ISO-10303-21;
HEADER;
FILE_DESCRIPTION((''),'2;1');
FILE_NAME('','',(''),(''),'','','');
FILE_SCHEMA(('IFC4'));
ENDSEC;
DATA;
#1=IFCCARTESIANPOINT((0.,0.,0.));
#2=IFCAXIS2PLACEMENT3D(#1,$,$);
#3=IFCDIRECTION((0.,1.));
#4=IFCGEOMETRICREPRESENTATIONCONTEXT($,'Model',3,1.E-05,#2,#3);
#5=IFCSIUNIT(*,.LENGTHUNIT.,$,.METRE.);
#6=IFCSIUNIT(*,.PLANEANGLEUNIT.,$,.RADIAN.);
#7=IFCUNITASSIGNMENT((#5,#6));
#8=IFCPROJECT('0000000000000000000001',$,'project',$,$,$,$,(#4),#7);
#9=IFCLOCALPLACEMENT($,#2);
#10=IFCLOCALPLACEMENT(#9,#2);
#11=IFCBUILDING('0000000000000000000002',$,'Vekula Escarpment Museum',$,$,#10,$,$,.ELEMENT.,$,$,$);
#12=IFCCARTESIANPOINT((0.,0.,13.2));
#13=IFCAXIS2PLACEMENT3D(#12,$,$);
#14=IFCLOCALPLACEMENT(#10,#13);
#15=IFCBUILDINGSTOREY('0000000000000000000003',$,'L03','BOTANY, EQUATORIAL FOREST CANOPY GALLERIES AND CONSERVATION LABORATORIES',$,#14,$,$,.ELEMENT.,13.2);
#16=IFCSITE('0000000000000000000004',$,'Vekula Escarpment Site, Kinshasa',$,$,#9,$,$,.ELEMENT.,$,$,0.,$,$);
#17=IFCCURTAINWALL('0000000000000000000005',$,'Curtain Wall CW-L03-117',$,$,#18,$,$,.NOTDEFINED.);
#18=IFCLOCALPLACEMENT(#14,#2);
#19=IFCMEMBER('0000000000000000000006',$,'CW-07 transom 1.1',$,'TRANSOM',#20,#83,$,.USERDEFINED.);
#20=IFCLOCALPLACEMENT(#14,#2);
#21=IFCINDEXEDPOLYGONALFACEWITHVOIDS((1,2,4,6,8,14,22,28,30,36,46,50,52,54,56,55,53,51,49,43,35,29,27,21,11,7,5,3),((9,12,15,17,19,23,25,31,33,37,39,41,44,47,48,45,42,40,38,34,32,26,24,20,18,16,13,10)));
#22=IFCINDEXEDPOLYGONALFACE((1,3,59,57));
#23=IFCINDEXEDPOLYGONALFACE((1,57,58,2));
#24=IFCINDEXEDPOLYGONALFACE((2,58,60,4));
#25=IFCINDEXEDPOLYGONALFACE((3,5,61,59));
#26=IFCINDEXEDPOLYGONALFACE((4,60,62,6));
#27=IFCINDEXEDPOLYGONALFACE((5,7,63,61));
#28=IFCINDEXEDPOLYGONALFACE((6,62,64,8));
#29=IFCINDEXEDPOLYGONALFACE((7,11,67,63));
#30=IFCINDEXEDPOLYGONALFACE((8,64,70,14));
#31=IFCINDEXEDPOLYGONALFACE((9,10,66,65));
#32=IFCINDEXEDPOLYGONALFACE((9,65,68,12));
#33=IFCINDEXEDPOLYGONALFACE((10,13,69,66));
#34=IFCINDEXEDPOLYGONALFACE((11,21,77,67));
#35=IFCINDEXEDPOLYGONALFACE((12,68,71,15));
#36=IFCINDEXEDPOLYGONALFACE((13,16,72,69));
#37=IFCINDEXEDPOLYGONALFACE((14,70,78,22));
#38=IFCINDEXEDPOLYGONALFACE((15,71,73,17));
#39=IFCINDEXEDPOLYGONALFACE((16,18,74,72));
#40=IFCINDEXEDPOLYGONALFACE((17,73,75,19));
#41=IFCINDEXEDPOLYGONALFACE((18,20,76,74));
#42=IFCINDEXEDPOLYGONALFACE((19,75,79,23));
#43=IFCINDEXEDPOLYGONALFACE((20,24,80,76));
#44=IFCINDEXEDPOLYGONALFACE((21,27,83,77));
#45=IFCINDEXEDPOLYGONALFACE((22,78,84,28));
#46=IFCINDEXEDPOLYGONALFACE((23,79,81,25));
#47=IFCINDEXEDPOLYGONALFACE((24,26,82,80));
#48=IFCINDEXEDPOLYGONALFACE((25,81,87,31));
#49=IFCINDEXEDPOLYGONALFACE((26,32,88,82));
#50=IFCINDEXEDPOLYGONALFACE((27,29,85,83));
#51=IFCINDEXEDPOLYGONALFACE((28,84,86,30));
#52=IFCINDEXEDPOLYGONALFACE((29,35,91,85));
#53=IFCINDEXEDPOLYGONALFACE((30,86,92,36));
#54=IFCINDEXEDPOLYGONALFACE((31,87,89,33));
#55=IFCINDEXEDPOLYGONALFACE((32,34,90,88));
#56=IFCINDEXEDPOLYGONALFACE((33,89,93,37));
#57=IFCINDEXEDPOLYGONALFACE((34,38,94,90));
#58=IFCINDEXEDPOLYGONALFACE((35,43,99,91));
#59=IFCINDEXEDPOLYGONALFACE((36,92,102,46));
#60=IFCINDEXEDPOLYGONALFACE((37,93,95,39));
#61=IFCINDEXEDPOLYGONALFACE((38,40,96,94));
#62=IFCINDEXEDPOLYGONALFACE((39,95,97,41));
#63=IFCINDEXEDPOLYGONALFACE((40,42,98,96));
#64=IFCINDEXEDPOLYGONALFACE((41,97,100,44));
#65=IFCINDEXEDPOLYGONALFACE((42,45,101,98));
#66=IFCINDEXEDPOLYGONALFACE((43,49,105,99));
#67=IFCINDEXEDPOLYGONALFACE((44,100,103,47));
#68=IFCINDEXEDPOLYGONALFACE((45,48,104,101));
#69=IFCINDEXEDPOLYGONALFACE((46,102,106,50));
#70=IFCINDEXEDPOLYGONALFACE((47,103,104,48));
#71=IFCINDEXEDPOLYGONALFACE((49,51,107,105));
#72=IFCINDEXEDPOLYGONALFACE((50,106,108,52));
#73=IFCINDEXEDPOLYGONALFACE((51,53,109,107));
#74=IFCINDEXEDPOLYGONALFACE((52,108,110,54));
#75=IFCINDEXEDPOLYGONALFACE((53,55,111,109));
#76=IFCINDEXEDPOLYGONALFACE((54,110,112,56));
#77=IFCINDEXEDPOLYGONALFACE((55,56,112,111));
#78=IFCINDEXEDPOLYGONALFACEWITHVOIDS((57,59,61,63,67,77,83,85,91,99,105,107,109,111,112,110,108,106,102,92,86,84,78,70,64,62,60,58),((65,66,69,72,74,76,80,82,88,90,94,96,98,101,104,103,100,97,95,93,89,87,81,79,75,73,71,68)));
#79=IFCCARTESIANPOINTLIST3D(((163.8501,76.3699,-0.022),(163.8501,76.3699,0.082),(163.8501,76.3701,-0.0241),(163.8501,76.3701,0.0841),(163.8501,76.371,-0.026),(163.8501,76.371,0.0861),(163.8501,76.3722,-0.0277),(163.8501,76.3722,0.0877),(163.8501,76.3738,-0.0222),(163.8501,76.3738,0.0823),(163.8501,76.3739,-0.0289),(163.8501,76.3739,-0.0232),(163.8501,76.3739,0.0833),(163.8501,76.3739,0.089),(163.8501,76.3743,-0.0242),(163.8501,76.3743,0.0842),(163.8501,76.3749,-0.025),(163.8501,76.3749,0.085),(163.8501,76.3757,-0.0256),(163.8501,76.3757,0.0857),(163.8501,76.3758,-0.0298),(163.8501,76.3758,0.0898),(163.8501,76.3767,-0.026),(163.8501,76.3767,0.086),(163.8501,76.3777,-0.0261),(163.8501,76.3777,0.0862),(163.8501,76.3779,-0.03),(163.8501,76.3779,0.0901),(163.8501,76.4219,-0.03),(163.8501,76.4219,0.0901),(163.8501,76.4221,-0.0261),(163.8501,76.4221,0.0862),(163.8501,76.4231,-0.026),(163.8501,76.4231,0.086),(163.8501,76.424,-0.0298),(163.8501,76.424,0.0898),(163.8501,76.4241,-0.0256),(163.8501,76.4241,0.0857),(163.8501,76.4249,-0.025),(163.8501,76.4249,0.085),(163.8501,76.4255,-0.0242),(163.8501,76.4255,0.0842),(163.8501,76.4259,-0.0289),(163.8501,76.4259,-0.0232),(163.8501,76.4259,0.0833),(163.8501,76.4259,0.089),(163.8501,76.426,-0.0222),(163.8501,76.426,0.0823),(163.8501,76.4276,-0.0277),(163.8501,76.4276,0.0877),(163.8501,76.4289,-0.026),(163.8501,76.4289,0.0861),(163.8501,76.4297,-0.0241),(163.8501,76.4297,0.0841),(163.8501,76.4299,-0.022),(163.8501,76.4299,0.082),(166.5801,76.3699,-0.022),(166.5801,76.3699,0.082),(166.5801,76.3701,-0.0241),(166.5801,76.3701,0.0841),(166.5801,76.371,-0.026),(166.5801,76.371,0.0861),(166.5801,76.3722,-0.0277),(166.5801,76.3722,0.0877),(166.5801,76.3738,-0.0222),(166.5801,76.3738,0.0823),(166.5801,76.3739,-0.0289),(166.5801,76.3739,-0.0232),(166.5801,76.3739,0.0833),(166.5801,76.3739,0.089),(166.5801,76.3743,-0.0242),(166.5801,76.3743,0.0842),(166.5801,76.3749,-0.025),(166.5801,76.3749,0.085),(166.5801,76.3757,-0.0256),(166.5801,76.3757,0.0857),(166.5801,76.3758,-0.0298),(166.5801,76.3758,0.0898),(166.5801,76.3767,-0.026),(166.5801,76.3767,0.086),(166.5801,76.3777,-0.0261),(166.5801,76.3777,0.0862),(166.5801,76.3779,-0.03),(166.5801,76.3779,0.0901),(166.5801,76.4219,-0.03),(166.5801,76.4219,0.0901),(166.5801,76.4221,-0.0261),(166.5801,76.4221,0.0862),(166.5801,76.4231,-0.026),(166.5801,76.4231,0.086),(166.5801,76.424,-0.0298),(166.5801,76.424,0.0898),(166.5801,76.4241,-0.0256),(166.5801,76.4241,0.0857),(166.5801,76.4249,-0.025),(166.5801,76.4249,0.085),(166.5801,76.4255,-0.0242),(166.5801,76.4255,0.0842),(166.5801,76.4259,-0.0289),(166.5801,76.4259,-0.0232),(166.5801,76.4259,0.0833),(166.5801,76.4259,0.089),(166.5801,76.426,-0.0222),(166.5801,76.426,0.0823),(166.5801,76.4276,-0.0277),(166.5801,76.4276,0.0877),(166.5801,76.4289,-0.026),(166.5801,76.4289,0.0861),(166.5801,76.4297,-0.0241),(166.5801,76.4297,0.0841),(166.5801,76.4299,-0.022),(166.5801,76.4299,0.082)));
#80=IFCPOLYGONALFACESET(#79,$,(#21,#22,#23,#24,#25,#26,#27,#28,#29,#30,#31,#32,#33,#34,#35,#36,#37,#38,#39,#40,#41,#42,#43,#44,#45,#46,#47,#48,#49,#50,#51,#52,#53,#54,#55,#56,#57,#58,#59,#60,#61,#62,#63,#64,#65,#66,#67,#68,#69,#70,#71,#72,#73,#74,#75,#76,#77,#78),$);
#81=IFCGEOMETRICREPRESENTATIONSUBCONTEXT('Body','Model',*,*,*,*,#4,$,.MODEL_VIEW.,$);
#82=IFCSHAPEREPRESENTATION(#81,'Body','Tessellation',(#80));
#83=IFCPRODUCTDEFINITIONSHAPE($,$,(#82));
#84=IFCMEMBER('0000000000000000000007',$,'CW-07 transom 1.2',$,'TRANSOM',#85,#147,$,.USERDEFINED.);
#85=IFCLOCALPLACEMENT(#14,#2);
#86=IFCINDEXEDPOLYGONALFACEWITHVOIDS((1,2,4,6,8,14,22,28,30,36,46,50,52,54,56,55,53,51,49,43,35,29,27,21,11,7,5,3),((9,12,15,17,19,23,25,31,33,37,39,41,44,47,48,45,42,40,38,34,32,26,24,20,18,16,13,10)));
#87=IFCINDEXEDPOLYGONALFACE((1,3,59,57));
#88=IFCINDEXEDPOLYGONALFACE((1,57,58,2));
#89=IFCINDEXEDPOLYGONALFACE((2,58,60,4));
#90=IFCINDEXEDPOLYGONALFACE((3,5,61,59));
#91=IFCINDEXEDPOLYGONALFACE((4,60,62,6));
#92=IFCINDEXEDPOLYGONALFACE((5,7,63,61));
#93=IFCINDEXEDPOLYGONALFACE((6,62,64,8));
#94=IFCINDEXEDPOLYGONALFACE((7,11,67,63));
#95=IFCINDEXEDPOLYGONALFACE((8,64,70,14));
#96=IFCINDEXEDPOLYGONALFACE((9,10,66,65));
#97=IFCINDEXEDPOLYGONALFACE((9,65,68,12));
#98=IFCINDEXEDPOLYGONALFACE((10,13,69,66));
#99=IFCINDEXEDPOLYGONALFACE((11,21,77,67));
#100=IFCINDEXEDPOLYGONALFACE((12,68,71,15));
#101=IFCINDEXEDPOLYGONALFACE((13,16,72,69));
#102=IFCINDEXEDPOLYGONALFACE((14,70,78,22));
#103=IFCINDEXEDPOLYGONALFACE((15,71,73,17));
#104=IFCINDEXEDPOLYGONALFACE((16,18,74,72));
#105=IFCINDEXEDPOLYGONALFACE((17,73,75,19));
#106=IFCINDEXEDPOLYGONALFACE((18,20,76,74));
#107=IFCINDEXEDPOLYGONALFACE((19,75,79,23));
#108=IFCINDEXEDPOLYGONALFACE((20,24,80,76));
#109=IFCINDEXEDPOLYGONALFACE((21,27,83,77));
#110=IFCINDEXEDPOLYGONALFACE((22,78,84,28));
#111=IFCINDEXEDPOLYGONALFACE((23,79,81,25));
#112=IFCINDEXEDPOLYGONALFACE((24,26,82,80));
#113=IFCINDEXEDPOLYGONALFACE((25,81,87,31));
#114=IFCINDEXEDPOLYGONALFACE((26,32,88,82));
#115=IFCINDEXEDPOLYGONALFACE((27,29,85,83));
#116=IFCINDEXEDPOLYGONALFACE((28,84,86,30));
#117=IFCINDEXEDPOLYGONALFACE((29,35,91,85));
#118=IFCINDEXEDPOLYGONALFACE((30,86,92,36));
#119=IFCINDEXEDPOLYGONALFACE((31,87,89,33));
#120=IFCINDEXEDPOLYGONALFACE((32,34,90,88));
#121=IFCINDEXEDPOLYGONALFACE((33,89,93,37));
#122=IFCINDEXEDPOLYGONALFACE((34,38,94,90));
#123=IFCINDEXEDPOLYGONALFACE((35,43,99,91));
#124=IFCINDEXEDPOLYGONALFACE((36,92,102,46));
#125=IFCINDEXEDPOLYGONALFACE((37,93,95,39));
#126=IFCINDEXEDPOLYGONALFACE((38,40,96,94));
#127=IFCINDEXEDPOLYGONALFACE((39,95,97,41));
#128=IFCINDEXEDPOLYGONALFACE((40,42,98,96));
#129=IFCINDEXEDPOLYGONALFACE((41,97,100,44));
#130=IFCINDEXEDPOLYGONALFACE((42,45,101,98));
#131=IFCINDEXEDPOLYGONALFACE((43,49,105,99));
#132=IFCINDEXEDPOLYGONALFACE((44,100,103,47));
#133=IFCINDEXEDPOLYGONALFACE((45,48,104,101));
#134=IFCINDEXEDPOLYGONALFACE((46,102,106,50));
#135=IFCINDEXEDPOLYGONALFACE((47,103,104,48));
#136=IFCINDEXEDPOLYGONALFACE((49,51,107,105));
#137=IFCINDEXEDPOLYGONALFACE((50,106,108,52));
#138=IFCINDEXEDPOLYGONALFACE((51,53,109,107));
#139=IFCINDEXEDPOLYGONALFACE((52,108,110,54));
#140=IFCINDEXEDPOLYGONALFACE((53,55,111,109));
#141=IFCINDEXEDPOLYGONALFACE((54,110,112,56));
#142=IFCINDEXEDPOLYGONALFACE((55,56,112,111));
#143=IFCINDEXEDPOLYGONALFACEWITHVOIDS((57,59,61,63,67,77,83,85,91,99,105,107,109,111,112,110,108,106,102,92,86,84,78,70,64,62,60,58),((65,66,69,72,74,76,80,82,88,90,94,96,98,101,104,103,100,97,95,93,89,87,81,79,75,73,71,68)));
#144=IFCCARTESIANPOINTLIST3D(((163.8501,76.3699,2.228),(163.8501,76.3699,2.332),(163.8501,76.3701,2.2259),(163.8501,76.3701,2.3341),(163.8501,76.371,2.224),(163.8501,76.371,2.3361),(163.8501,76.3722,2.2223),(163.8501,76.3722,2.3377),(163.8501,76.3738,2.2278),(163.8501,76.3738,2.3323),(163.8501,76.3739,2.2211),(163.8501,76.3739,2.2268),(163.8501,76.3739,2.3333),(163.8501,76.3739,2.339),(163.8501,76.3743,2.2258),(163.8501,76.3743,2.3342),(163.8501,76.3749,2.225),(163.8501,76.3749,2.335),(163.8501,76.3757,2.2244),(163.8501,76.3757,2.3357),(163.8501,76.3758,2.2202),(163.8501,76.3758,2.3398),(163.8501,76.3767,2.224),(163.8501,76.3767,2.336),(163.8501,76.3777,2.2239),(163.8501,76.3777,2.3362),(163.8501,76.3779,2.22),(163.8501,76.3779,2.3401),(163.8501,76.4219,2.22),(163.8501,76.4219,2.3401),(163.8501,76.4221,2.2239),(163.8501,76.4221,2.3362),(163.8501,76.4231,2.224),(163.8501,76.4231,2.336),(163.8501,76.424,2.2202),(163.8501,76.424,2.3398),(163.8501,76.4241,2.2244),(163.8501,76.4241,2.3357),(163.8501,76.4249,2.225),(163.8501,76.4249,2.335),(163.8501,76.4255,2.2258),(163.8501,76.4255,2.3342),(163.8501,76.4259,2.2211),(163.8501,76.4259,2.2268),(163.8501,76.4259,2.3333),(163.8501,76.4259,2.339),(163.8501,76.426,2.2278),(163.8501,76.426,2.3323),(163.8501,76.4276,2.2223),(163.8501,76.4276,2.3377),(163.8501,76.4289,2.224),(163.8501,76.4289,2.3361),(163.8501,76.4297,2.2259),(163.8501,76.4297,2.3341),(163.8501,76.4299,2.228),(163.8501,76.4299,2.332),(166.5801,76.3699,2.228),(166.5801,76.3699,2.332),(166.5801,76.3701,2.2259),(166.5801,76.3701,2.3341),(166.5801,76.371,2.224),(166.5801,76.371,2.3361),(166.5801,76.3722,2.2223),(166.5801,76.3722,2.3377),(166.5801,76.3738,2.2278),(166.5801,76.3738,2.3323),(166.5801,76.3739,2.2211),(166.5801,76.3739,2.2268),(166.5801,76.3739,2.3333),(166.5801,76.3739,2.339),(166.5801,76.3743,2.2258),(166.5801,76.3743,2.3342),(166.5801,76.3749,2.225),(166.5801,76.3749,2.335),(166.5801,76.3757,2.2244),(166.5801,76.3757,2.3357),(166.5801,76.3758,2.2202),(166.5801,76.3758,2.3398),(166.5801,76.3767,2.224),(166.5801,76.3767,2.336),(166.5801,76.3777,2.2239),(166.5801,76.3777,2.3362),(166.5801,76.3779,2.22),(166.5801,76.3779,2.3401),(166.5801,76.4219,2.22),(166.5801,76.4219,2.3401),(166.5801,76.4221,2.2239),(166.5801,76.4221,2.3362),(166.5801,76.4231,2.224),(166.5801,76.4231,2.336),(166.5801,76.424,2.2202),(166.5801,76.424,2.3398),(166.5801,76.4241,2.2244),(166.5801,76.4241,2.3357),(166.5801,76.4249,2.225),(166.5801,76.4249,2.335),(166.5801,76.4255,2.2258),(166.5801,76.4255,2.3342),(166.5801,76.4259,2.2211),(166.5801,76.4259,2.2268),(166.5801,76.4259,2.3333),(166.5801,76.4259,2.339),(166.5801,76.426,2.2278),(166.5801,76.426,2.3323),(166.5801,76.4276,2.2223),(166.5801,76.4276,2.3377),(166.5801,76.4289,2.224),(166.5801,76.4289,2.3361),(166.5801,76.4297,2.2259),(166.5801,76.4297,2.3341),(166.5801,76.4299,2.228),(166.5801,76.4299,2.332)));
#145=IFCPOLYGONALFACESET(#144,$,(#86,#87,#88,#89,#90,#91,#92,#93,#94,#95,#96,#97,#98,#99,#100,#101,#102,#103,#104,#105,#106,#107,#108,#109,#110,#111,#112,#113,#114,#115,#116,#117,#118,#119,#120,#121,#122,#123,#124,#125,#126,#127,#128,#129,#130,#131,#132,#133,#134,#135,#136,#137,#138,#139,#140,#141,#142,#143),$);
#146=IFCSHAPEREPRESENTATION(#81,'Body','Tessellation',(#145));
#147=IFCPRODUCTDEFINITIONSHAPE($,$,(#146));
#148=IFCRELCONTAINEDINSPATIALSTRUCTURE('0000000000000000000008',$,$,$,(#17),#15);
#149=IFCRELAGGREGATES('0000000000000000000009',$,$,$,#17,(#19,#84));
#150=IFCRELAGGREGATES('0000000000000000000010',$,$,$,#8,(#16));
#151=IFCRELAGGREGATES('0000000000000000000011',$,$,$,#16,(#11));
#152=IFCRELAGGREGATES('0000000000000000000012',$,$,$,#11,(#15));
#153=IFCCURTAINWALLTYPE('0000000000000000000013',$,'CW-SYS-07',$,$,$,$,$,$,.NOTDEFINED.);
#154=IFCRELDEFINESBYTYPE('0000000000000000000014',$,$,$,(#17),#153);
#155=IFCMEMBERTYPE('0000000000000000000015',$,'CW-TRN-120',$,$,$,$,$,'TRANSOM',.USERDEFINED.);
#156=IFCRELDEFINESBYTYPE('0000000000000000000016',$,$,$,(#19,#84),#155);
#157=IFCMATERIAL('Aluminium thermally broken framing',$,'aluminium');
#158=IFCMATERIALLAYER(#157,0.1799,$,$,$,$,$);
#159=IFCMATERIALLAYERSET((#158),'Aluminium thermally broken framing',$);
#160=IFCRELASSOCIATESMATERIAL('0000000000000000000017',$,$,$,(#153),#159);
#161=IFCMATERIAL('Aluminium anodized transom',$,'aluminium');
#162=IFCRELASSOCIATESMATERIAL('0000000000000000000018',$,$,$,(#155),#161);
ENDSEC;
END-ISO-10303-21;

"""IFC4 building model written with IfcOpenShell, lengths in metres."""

from ifc_helpers import new_model, si_unit, direction, frame, origin, origin_2d, place, context, subcontext, project, spatial, hollow_rectangle, extrude, material, layer, layer_set, material_profile, profile_set, type_object, element, aggregate, save


model = new_model("IFC4")

# Units and contexts
model_context = context("Model", 3, precision=1e-05, world=origin(), true_north=direction((0.0, 1.0)))
body_context = subcontext(model_context, "Body", "Model", "MODEL_VIEW")
ifc_project = project(units=[si_unit("LENGTHUNIT", "METRE"), si_unit("PLANEANGLEUNIT", "RADIAN")], contexts=[model_context])

# Site, building, storey
site_placement = place(None, origin())
site = spatial("IfcSite", under=ifc_project, at=site_placement, Name="Vekula Escarpment Site, Kinshasa", CompositionType="ELEMENT", RefElevation=0.0)
building_placement = place(site_placement, origin())
building = spatial("IfcBuilding", under=site, at=building_placement, Name="Vekula Escarpment Museum", CompositionType="ELEMENT")
storey_placement = place(building_placement, frame((0.0, 0.0, 13.2)))
storey = spatial("IfcBuildingStorey", under=building, at=storey_placement, Name="L03", Description="BOTANY, EQUATORIAL FOREST CANOPY GALLERIES AND CONSERVATION LABORATORIES", CompositionType="ELEMENT", Elevation=13.2)

# Curtain wall, members
ifc_material_1 = material(Name="Aluminium thermally broken framing", Category="aluminium")
ifc_layer_1 = layer(ifc_material_1, 0.1799)
ifc_layer_set_1 = layer_set([ifc_layer_1], Name="Aluminium thermally broken framing")
curtain_wall_type = type_object("IfcCurtainWallType", Name="CW-SYS-07", PredefinedType="NOTDEFINED", material=ifc_layer_set_1)
curtain_wall_placement = place(storey_placement, origin())
curtain_wall = element("IfcCurtainWall", 1, at=curtain_wall_placement, inside=storey, type_object=curtain_wall_type, Name="Curtain Wall CW-L03-117", PredefinedType="NOTDEFINED")
ifc_material_2 = material(Name="Aluminium anodized transom", Category="aluminium")
ifc_material_profile_1 = material_profile(ifc_material_2, hollow_rectangle(XDim=0.0601, YDim=0.1201, WallThickness=0.0039, InnerFilletRadius=0.0039, OuterFilletRadius=0.0081, at=origin_2d()), Name="ALU 120x60x4")
ifc_profile_set_1 = profile_set([ifc_material_profile_1], Name="Aluminium anodized transom")
member_type_1 = type_object("IfcMemberType", Name="CW-TRN-120", ElementType="TRANSOM", PredefinedType="USERDEFINED", material=ifc_profile_set_1)
member_1_placement = place(storey_placement, frame((166.5801, 76.3999, 0.03), z_axis=(-1.0, 0.0, 0.0), x_axis=(0.0, -1.0, 0.0)))
member_1 = element("IfcMember", 2, at=member_1_placement, type_object=member_type_1, Name="CW-07 transom 1.1", ObjectType="TRANSOM", PredefinedType="USERDEFINED", context=body_context, shape_type="SweptSolid", body=[
    extrude(hollow_rectangle(XDim=0.0601, YDim=0.1201, WallThickness=0.0039, InnerFilletRadius=0.0039, OuterFilletRadius=0.0081, at=origin_2d()), origin(), (0.0, 0.0, 1.0), 2.73),
])
member_2_placement = place(storey_placement, frame((166.5801, 76.3999, 2.28), z_axis=(-1.0, 0.0, 0.0), x_axis=(0.0, -1.0, 0.0)))
member_2 = element("IfcMember", 3, at=member_2_placement, type_object=member_type_1, Name="CW-07 transom 1.2", ObjectType="TRANSOM", PredefinedType="USERDEFINED", context=body_context, shape_type="SweptSolid", body=[
    extrude(hollow_rectangle(XDim=0.0601, YDim=0.1201, WallThickness=0.0039, InnerFilletRadius=0.0039, OuterFilletRadius=0.0081, at=origin_2d()), origin(), (0.0, 0.0, 1.0), 2.73),
])
aggregate(curtain_wall, [member_1, member_2])

save(model, "model.ifc")
